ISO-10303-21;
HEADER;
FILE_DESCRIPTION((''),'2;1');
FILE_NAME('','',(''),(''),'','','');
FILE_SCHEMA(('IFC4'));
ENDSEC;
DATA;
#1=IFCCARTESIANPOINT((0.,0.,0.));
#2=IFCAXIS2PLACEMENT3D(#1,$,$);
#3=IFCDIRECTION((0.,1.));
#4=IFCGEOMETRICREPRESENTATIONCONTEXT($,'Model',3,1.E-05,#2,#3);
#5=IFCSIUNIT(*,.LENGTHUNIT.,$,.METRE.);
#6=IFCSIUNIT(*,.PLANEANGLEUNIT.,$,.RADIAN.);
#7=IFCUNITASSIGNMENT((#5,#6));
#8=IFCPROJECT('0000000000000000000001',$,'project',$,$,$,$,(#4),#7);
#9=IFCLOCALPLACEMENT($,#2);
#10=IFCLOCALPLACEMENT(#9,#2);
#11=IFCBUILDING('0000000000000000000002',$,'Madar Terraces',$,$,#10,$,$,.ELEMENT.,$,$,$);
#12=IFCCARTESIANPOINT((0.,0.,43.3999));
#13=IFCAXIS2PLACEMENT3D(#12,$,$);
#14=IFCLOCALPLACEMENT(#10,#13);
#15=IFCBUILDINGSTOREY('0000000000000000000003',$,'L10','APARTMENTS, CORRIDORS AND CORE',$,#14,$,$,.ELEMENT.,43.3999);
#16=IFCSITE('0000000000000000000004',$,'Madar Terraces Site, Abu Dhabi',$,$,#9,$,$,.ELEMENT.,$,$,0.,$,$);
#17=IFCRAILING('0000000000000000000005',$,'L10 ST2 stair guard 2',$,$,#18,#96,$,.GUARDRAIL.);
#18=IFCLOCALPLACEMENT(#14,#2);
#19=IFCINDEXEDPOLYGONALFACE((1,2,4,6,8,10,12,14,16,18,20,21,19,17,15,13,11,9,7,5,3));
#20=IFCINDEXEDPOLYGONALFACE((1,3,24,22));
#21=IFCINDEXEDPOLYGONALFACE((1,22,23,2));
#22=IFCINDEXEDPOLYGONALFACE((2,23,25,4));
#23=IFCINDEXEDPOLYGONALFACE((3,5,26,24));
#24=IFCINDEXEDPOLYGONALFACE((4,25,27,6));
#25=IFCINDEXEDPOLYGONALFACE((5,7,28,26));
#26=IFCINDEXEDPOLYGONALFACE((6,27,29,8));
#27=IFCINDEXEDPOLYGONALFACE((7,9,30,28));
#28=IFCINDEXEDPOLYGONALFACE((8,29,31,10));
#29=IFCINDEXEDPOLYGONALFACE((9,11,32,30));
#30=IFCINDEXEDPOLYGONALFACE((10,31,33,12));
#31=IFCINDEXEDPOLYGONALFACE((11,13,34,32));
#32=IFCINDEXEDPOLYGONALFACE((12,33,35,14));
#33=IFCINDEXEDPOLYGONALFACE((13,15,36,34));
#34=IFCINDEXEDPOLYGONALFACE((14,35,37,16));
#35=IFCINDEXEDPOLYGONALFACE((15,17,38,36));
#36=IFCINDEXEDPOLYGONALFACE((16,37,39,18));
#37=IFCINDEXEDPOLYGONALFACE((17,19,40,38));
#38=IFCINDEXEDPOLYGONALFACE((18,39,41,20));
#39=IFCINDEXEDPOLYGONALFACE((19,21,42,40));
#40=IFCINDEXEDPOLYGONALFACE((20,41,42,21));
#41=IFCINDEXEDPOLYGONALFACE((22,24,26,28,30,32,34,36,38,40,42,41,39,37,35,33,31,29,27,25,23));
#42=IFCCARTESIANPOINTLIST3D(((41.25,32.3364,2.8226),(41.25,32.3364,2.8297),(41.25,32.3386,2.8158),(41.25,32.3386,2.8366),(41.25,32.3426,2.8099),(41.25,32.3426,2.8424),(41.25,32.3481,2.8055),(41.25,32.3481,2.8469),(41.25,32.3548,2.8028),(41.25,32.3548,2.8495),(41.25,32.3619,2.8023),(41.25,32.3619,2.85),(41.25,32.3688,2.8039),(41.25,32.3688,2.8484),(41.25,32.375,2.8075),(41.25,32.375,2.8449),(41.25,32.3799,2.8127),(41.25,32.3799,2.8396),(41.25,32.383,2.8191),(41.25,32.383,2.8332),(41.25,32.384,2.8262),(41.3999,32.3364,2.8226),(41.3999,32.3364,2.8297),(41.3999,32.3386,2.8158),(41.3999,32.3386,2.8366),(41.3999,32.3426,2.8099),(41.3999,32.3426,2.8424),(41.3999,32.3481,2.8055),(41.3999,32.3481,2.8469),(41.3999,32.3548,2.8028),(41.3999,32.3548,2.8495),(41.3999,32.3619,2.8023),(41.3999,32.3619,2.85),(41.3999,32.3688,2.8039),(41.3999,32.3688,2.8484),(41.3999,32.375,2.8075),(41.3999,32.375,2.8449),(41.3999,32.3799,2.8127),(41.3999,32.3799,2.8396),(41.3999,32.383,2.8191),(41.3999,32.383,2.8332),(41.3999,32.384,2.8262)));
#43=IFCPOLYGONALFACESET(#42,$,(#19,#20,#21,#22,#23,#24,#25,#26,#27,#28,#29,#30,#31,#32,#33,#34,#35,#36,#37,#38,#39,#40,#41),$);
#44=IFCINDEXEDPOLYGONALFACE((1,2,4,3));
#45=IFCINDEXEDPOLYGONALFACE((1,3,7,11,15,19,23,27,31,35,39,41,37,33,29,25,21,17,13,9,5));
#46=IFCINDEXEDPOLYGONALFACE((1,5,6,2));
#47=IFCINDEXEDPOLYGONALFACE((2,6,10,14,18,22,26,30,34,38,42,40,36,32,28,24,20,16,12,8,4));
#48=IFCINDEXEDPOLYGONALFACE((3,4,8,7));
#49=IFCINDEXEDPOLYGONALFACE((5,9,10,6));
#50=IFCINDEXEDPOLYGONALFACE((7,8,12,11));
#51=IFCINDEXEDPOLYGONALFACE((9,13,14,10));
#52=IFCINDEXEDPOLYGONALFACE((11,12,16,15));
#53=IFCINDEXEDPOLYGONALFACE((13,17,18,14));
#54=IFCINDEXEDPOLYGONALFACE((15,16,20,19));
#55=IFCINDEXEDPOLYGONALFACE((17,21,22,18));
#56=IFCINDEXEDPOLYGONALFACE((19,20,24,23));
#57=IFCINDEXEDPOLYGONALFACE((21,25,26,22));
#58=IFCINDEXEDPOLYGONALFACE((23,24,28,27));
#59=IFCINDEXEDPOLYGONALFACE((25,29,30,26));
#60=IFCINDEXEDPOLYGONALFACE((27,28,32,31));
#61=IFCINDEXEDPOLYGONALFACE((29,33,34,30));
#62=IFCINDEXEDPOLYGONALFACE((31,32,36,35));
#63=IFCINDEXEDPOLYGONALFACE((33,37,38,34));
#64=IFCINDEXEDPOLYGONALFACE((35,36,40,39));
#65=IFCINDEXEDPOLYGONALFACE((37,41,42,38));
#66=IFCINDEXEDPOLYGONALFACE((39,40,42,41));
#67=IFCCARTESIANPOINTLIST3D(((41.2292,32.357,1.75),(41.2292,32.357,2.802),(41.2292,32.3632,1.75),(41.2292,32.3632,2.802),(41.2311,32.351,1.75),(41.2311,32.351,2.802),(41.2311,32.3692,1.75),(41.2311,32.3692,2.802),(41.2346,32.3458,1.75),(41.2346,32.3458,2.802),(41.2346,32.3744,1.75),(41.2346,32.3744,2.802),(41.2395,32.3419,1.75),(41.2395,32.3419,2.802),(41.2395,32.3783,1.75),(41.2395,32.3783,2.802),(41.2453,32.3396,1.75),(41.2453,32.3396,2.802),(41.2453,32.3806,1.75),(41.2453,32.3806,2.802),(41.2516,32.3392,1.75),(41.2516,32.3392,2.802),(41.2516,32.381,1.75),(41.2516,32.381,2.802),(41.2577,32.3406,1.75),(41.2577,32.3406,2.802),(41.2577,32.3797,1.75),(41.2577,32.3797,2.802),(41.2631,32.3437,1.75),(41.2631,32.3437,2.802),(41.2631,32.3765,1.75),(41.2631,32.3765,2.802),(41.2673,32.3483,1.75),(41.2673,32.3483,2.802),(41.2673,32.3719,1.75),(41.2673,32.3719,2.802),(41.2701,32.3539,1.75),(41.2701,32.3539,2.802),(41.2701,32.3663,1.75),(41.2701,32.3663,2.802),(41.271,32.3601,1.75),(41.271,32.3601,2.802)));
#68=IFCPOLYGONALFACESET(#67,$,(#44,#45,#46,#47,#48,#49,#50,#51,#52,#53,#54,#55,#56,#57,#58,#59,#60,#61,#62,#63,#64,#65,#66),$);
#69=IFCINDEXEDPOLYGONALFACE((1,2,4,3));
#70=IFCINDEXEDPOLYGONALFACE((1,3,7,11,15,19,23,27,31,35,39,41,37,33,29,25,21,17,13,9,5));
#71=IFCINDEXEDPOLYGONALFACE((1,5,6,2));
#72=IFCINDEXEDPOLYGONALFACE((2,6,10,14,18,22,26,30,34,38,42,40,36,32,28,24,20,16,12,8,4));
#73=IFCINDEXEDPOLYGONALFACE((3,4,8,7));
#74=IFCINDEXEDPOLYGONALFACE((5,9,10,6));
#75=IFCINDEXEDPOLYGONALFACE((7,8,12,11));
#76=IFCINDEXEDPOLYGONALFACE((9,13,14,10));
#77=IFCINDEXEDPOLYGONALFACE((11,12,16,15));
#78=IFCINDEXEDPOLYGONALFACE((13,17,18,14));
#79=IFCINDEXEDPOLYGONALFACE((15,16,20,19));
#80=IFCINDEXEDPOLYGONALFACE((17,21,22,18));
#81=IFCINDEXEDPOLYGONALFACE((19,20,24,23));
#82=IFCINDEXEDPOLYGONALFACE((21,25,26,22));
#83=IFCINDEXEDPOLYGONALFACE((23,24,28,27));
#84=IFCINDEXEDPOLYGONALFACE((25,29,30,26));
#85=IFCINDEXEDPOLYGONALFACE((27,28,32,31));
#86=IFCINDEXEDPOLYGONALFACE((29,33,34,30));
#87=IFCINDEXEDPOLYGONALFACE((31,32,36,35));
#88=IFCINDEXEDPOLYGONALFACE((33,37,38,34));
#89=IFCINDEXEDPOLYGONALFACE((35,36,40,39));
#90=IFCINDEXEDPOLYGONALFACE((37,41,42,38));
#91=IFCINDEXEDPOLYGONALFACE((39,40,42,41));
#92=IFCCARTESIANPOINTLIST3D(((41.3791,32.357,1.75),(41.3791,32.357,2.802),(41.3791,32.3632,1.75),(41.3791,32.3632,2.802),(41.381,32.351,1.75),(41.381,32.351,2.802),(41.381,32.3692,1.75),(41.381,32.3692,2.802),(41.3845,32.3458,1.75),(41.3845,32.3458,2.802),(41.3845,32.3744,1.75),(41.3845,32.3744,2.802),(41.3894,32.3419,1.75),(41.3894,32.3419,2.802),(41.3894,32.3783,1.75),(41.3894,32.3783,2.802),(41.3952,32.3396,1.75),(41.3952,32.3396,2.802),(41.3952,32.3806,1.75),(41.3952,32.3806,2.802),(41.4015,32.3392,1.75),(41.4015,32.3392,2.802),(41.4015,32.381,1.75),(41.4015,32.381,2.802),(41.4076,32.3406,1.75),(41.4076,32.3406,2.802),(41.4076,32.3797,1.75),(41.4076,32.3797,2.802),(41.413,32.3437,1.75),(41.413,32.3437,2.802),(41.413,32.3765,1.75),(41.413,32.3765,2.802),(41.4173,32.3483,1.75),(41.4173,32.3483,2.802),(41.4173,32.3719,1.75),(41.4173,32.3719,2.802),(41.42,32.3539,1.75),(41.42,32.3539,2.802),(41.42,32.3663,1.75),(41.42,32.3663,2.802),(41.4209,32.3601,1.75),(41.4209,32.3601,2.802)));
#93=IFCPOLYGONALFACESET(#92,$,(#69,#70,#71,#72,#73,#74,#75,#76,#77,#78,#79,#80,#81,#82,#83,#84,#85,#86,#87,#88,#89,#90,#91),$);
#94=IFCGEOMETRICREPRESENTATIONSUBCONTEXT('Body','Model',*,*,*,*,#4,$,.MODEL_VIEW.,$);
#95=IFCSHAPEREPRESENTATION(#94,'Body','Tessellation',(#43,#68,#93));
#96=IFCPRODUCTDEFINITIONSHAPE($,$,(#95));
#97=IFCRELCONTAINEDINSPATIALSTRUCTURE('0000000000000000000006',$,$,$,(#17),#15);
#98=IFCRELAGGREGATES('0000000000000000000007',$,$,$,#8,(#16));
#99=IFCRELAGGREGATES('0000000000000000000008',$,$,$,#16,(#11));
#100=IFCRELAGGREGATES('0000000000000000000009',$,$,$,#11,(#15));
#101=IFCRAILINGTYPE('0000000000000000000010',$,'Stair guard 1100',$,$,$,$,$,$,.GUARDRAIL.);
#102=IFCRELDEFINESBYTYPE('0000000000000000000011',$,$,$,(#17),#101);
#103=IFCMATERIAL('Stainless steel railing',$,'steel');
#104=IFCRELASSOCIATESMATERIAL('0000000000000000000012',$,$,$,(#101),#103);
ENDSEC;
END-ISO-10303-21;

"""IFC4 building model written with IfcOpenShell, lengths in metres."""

from ifc_helpers import new_model, si_unit, direction, frame, origin, origin_2d, place, context, subcontext, project, spatial, circle, extrude, material, type_object, element, save


model = new_model("IFC4")

# Units and contexts
model_context = context("Model", 3, precision=1e-05, world=origin(), true_north=direction((0.0, 1.0)))
body_context = subcontext(model_context, "Body", "Model", "MODEL_VIEW")
ifc_project = project(units=[si_unit("LENGTHUNIT", "METRE"), si_unit("PLANEANGLEUNIT", "RADIAN")], contexts=[model_context])

# Site, building, storey
site_placement = place(None, origin())
site = spatial("IfcSite", under=ifc_project, at=site_placement, Name="Madar Terraces Site, Abu Dhabi", CompositionType="ELEMENT", RefElevation=0.0)
building_placement = place(site_placement, origin())
building = spatial("IfcBuilding", under=site, at=building_placement, Name="Madar Terraces", CompositionType="ELEMENT")
storey_placement = place(building_placement, frame((0.0, 0.0, 43.3999)))
storey = spatial("IfcBuildingStorey", under=building, at=storey_placement, Name="L10", Description="APARTMENTS, CORRIDORS AND CORE", CompositionType="ELEMENT", Elevation=43.3999)

# Railing
ifc_material_1 = material(Name="Stainless steel railing", Category="steel")
railing_type_1 = type_object("IfcRailingType", Name="Stair guard 1100", PredefinedType="GUARDRAIL", material=ifc_material_1)
railing_1_placement = place(storey_placement, frame((41.25, 32.3601, 1.75)))
element("IfcRailing", 1, at=railing_1_placement, inside=storey, type_object=railing_type_1, Name="L10 ST2 stair guard 2", PredefinedType="GUARDRAIL", context=body_context, shape_type="SweptSolid", body=[
    extrude(circle(Radius=0.0239, at=origin_2d()), frame((0.0, 0.0, 1.0762), z_axis=(1.0, 0.0, 0.0), x_axis=(0.0, 1.0, 0.0)), (0.0, 0.0, 1.0), 0.1499),
    extrude(circle(Radius=0.021, at=origin_2d()), origin(), (0.0, 0.0, 1.0), 1.052),
    extrude(circle(Radius=0.021, at=origin_2d()), frame((0.1499, 0.0, 0.0)), (0.0, 0.0, 1.0), 1.052),
])

save(model, "model.ifc")
